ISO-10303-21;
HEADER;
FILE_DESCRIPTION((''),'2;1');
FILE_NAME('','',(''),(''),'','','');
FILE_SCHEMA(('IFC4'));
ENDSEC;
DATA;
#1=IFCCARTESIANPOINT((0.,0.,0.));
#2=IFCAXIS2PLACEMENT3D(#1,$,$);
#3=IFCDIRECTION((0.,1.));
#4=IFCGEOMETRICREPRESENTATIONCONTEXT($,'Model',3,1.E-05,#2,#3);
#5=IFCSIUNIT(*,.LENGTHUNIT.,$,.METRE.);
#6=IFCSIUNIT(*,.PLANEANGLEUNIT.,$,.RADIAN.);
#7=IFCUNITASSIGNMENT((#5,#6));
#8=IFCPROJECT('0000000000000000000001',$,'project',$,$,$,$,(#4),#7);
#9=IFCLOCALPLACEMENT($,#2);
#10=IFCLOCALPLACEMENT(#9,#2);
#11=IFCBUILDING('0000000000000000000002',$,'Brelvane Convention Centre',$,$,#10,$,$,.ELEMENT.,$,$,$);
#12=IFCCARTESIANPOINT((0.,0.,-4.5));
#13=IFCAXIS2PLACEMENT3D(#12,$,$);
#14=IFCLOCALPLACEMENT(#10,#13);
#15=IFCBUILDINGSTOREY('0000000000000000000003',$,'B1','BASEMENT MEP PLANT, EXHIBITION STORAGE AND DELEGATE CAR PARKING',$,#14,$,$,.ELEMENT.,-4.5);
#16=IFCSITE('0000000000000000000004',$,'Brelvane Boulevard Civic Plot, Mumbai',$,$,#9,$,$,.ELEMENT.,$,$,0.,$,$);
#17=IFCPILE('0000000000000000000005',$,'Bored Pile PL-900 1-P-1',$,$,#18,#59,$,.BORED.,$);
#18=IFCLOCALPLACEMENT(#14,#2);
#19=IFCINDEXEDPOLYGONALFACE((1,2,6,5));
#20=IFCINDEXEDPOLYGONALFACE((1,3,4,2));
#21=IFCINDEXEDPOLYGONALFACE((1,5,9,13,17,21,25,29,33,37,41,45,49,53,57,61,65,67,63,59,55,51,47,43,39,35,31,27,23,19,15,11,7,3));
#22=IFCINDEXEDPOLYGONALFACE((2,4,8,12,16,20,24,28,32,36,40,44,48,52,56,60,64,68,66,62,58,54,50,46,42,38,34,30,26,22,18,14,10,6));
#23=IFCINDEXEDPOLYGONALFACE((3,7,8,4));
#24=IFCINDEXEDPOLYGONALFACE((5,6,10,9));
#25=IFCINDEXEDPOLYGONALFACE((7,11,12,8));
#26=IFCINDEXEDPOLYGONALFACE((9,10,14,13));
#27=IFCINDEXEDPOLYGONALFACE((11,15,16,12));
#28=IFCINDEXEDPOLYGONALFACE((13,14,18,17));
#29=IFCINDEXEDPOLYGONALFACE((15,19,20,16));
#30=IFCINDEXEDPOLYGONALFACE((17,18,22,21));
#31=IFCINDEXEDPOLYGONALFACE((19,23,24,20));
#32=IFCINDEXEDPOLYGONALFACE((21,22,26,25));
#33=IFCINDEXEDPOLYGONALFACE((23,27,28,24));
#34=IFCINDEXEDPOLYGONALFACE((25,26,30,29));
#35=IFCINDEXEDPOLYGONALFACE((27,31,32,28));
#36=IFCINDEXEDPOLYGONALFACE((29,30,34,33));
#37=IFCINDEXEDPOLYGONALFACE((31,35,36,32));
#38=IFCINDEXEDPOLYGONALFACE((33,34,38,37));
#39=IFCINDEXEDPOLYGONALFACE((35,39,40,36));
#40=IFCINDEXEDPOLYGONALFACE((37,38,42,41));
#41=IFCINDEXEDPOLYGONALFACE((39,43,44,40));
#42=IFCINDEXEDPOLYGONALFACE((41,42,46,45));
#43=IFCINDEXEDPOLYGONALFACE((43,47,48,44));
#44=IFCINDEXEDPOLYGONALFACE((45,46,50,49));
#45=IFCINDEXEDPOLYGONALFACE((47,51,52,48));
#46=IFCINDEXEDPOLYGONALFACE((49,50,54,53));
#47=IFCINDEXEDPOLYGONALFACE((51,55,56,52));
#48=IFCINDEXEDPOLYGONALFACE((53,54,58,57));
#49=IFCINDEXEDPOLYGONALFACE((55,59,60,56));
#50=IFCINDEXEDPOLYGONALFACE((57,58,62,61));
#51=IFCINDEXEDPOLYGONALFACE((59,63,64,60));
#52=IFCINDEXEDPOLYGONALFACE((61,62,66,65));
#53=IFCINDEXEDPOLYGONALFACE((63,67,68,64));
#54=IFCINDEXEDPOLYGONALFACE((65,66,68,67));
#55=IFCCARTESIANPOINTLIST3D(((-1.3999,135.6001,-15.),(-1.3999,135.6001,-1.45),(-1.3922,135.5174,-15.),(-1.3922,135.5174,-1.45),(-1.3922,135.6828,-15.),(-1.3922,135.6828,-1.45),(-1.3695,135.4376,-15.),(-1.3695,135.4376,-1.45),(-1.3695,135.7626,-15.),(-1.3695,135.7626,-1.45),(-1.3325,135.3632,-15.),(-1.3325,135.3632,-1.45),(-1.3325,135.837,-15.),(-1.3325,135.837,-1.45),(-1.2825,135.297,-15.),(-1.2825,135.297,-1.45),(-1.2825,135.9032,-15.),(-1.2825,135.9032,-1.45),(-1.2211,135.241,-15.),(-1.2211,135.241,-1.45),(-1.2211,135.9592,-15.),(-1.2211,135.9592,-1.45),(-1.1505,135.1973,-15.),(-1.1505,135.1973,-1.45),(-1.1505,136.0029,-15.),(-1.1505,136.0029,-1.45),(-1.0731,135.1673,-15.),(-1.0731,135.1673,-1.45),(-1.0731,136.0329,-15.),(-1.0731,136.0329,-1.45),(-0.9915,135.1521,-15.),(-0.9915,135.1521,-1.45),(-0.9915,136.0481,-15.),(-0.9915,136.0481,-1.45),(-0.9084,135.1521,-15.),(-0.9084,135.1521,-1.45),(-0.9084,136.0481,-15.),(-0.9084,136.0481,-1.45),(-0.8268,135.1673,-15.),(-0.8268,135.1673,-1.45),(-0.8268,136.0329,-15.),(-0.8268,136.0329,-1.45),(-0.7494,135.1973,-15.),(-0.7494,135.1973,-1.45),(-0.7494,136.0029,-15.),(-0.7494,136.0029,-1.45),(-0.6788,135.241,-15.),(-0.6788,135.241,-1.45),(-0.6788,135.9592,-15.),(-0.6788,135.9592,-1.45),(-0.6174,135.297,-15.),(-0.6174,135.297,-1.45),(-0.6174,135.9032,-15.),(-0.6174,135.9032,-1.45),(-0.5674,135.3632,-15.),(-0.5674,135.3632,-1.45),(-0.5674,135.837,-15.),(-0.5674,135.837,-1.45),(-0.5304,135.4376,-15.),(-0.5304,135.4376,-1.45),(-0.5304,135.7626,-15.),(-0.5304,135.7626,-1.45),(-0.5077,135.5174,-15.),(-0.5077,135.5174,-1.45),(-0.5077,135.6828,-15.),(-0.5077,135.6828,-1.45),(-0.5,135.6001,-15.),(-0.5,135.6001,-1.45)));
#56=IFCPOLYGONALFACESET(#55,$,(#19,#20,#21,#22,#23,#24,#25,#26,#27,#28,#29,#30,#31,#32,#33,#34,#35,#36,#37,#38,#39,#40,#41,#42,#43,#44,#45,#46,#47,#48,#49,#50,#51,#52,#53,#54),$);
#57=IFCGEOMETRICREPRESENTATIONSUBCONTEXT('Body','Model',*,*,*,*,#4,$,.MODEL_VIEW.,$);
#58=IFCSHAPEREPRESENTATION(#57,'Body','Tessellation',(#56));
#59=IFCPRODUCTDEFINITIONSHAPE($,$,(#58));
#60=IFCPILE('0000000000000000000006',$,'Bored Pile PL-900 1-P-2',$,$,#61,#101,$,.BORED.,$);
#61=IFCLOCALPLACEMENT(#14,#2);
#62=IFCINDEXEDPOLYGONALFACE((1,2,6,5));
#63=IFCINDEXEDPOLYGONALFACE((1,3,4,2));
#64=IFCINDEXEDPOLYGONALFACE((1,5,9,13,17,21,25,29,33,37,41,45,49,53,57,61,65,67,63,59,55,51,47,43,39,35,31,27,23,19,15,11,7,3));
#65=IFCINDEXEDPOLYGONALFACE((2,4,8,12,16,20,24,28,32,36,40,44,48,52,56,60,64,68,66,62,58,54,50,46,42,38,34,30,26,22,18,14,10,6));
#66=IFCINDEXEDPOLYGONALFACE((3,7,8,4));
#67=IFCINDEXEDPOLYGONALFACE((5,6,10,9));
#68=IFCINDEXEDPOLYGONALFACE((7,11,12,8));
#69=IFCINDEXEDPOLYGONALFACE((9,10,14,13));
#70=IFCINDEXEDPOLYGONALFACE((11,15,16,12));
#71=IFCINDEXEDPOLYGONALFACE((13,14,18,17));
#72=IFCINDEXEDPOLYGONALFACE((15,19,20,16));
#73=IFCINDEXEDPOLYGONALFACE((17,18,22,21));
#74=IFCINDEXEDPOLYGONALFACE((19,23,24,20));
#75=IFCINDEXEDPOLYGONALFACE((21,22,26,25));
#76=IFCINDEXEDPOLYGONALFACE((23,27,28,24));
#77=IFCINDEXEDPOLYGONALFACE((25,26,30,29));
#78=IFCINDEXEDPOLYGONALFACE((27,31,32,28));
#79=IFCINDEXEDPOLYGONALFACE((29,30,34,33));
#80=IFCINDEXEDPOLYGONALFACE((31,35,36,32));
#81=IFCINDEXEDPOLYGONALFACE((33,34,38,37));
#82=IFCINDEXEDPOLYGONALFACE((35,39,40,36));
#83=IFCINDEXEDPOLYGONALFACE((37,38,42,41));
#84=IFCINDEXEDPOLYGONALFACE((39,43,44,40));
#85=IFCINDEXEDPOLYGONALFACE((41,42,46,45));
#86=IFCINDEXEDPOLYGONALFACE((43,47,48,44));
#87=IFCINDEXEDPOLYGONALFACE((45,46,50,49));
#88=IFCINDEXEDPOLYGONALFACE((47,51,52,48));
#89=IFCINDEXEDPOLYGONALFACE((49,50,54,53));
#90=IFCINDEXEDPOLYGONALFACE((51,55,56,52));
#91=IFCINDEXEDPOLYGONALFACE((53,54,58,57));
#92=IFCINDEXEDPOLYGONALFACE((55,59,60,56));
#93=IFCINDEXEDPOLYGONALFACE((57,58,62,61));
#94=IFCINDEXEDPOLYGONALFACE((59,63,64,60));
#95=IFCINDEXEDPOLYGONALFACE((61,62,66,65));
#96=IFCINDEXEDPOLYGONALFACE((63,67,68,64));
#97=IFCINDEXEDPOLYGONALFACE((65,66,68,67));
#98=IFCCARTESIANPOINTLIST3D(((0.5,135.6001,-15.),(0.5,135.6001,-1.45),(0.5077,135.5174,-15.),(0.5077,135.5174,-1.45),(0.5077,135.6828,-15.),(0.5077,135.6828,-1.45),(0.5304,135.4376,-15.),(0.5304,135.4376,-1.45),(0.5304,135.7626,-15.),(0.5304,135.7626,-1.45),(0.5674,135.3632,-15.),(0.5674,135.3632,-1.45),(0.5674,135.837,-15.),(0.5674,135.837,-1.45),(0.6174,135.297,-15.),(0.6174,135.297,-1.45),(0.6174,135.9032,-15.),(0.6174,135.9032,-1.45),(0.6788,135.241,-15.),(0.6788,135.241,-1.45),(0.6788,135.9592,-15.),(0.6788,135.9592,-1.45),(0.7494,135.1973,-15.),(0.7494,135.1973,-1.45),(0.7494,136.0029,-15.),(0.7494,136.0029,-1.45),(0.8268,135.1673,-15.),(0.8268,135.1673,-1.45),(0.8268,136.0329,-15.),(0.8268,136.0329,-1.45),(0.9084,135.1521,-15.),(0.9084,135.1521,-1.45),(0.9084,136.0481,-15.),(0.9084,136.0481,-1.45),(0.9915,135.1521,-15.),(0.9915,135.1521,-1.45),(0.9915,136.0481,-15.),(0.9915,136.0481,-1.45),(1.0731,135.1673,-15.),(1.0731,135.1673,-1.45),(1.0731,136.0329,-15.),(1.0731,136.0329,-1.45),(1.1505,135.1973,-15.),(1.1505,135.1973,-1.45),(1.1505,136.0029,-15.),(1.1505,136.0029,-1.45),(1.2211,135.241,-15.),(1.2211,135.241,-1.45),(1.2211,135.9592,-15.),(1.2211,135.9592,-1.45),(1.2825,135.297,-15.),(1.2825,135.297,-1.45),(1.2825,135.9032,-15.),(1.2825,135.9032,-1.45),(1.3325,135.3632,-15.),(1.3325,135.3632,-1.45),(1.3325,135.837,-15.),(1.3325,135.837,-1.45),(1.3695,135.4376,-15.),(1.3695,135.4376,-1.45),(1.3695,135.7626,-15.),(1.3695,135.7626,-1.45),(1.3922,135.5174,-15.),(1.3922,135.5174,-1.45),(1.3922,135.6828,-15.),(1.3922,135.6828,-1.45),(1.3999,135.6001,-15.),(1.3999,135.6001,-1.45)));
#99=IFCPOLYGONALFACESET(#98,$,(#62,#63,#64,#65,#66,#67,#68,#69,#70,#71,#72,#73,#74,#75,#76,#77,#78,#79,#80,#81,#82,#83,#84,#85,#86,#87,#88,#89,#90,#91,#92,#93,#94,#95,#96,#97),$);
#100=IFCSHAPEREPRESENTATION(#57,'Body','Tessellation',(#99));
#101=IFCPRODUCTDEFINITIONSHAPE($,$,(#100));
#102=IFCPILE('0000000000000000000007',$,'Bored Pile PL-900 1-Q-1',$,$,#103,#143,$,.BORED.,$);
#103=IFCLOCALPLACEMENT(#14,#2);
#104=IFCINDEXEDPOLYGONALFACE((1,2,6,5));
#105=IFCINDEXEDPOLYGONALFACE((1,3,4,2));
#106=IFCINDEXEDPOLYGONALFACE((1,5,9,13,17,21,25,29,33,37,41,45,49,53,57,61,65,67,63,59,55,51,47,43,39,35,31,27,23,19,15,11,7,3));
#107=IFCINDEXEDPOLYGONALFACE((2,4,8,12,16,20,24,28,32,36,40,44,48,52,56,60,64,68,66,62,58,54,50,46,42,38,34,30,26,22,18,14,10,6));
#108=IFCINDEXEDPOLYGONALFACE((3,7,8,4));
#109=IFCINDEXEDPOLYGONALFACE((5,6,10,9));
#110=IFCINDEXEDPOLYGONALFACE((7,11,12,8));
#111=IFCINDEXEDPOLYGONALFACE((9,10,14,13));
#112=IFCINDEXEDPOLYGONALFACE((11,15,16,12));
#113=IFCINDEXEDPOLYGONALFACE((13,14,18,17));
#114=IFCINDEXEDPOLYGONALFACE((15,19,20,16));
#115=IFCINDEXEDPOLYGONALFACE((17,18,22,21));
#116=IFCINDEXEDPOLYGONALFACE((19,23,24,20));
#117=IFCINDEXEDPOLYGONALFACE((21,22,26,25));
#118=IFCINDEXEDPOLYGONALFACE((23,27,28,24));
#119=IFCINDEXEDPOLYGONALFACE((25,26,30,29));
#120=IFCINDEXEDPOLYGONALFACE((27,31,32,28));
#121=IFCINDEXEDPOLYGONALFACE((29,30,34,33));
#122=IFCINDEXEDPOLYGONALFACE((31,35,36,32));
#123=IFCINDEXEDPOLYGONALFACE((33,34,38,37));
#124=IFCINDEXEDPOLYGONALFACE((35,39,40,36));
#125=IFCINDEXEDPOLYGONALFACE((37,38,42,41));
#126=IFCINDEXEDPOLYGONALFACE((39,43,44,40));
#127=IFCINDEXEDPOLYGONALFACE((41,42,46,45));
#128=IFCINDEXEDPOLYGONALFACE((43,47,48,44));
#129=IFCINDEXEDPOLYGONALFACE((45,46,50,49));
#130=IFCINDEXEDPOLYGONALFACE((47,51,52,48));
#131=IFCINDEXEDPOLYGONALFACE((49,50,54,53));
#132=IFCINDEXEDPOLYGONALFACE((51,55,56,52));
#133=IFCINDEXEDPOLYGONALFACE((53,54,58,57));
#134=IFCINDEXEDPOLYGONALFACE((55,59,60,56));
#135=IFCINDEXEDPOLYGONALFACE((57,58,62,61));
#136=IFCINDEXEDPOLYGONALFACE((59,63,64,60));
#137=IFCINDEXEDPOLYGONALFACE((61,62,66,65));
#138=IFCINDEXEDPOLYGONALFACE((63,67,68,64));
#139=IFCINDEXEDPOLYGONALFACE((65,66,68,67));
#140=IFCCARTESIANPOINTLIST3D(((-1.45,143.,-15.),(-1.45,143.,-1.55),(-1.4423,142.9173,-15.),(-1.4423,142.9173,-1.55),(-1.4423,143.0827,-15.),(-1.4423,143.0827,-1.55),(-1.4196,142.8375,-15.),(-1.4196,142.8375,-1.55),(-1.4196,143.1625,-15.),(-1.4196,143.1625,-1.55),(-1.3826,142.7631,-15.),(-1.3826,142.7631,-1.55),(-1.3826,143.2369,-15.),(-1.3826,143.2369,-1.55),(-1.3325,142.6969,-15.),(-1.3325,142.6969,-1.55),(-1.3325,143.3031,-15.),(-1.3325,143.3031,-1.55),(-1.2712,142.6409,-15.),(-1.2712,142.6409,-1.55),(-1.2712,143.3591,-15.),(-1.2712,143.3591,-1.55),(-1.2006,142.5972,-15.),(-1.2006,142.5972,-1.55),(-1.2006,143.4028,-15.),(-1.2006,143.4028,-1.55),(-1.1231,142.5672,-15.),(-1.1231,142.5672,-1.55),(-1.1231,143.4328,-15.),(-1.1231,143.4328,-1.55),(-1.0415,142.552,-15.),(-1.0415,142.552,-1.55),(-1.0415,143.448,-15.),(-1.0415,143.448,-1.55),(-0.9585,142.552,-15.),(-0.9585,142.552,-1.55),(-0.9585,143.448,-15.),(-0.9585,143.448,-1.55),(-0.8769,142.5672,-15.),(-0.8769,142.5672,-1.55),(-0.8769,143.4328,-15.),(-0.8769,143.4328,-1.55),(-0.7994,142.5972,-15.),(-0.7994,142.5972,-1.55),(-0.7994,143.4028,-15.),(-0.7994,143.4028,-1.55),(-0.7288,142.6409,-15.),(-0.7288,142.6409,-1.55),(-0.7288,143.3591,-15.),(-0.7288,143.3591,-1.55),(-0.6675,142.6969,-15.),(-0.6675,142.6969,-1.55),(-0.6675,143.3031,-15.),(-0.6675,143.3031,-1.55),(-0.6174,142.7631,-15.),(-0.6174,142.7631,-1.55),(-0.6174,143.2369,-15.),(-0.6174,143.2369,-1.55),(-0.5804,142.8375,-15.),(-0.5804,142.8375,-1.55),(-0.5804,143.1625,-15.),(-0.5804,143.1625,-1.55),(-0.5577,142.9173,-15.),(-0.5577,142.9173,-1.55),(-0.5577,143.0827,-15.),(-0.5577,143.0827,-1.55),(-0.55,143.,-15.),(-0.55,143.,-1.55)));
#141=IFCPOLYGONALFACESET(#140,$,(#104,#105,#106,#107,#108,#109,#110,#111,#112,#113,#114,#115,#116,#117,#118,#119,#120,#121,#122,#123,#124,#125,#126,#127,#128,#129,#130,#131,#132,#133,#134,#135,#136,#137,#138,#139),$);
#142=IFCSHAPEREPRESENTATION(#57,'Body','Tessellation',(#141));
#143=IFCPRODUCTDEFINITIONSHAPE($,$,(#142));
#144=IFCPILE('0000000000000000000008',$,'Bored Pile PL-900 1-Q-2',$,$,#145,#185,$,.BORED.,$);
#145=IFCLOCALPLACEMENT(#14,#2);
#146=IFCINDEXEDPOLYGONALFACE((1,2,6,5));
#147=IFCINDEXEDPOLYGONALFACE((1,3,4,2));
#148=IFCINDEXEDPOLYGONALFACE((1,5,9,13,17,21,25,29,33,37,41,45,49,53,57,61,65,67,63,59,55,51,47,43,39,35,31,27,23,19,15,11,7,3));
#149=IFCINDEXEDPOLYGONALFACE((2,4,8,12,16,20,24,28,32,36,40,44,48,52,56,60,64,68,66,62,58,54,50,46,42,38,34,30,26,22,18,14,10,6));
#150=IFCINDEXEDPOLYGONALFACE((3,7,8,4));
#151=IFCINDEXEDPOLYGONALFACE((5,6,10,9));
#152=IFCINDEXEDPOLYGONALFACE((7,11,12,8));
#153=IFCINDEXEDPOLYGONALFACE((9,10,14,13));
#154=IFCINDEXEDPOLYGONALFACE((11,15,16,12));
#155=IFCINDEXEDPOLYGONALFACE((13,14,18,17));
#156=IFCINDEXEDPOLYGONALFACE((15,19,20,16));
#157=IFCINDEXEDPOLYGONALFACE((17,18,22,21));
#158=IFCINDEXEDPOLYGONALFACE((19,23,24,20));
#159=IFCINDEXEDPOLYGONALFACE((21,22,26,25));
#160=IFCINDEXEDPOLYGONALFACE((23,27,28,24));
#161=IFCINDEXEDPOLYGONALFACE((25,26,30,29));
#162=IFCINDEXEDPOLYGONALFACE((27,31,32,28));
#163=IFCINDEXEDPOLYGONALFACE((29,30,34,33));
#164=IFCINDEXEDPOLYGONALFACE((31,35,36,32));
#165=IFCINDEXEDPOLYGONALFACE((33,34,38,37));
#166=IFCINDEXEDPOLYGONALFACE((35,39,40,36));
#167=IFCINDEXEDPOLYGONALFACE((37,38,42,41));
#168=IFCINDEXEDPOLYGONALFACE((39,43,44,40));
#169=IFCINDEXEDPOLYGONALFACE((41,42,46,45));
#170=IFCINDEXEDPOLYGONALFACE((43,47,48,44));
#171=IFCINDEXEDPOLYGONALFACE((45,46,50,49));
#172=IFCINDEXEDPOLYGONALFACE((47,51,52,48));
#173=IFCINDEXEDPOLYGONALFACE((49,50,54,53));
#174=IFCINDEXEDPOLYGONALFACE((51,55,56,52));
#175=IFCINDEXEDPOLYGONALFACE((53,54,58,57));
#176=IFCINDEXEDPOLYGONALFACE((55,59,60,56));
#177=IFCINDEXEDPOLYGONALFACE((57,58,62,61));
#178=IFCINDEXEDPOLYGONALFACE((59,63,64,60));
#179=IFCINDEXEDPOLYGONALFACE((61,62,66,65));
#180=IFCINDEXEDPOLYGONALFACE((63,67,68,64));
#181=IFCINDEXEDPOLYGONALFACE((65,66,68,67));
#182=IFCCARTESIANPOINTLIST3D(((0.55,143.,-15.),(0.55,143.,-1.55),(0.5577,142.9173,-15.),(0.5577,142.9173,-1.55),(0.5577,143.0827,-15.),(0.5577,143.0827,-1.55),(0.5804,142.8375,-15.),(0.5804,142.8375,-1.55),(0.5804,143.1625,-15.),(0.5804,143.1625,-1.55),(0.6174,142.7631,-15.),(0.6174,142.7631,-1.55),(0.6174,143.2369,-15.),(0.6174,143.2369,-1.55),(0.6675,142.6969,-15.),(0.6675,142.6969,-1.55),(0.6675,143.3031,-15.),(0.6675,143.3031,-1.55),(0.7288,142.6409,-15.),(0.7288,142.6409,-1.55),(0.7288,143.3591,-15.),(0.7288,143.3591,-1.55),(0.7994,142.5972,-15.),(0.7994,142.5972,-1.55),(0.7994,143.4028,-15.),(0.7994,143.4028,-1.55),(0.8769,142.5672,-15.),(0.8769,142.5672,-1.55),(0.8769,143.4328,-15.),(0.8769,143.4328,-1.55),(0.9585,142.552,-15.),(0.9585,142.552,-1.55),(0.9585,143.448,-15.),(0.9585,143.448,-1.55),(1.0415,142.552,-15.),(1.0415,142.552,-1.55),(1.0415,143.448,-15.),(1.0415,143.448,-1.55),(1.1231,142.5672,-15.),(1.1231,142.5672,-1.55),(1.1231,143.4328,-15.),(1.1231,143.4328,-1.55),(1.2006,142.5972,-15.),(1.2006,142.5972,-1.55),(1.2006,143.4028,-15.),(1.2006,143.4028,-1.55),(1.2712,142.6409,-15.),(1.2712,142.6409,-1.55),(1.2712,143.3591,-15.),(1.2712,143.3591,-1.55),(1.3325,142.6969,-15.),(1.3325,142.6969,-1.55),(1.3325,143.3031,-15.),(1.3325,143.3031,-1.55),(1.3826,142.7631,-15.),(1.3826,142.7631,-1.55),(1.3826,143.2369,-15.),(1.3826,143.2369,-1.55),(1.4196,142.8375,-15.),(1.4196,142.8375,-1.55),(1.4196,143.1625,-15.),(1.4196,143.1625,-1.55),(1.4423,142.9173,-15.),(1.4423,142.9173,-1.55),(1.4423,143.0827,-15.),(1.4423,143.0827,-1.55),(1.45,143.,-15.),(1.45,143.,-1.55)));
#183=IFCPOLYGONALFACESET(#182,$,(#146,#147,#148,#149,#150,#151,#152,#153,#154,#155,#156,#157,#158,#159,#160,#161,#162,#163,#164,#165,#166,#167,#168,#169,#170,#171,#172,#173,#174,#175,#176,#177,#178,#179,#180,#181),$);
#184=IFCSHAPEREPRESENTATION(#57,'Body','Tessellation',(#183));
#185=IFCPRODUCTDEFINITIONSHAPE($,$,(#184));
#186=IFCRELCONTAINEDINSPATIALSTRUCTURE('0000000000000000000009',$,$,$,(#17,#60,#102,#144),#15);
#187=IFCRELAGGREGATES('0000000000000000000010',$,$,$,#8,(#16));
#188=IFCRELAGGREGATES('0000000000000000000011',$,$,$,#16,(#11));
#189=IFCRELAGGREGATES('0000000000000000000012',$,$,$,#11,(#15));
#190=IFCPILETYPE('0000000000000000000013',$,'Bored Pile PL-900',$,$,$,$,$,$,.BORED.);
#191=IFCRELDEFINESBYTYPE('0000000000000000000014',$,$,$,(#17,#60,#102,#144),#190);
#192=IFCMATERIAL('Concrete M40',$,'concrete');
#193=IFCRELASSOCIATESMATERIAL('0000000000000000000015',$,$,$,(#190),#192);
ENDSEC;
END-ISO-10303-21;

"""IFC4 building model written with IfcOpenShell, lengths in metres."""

from ifc_helpers import new_model, si_unit, direction, frame, origin, origin_2d, place, context, subcontext, project, spatial, circle, extrude, material, material_profile, profile_set, type_object, element, save


model = new_model("IFC4")

# Units and contexts
model_context = context("Model", 3, precision=1e-05, world=origin(), true_north=direction((0.0, 1.0)))
body_context = subcontext(model_context, "Body", "Model", "MODEL_VIEW")
ifc_project = project(units=[si_unit("LENGTHUNIT", "METRE"), si_unit("PLANEANGLEUNIT", "RADIAN")], contexts=[model_context])

# Site, building, storey
site_placement = place(None, origin())
site = spatial("IfcSite", under=ifc_project, at=site_placement, Name="Brelvane Boulevard Civic Plot, Mumbai", CompositionType="ELEMENT", RefElevation=0.0)
building_placement = place(site_placement, origin())
building = spatial("IfcBuilding", under=site, at=building_placement, Name="Brelvane Convention Centre", CompositionType="ELEMENT")
storey_placement = place(building_placement, frame((0.0, 0.0, -4.5)))
storey = spatial("IfcBuildingStorey", under=building, at=storey_placement, Name="B1", Description="BASEMENT MEP PLANT, EXHIBITION STORAGE AND DELEGATE CAR PARKING", CompositionType="ELEMENT", Elevation=-4.5)

# Piles
ifc_material_1 = material(Name="Concrete M40", Category="concrete")
ifc_material_profile_1 = material_profile(ifc_material_1, circle(Radius=0.45, at=origin_2d()), Name="PILE D900")
ifc_profile_set_1 = profile_set([ifc_material_profile_1], Name="Concrete M40")
pile_type = type_object("IfcPileType", Name="Bored Pile PL-900", PredefinedType="BORED", material=ifc_profile_set_1)
for number, where, z_axis, x_axis, name in (
    (1, (-0.95, 135.6001, -1.45), (0.0, 0.0, -1.0), (1.0, 0.0, 0.0), "Bored Pile PL-900 1-P-1"),
    (2, (0.95, 135.6001, -1.45), (0.0, 0.0, -1.0), (1.0, 0.0, 0.0), "Bored Pile PL-900 1-P-2"),
):
    element("IfcPile", number, at=place(storey_placement, frame(where, z_axis=z_axis, x_axis=x_axis)), inside=storey, type_object=pile_type, Name=name, PredefinedType="BORED", context=body_context, shape_type="SweptSolid", body=[
        extrude(circle(Radius=0.45, at=origin_2d()), origin(), (0.0, 0.0, 1.0), 13.55),
    ])
for number, where, z_axis, x_axis, name in (
    (3, (-1.0, 143.0, -1.55), (0.0, 0.0, -1.0), (1.0, 0.0, 0.0), "Bored Pile PL-900 1-Q-1"),
    (4, (1.0, 143.0, -1.55), (0.0, 0.0, -1.0), (1.0, 0.0, 0.0), "Bored Pile PL-900 1-Q-2"),
):
    element("IfcPile", number, at=place(storey_placement, frame(where, z_axis=z_axis, x_axis=x_axis)), inside=storey, type_object=pile_type, Name=name, PredefinedType="BORED", context=body_context, shape_type="SweptSolid", body=[
        extrude(circle(Radius=0.45, at=origin_2d()), origin(), (0.0, 0.0, 1.0), 13.45),
    ])

save(model, "model.ifc")
